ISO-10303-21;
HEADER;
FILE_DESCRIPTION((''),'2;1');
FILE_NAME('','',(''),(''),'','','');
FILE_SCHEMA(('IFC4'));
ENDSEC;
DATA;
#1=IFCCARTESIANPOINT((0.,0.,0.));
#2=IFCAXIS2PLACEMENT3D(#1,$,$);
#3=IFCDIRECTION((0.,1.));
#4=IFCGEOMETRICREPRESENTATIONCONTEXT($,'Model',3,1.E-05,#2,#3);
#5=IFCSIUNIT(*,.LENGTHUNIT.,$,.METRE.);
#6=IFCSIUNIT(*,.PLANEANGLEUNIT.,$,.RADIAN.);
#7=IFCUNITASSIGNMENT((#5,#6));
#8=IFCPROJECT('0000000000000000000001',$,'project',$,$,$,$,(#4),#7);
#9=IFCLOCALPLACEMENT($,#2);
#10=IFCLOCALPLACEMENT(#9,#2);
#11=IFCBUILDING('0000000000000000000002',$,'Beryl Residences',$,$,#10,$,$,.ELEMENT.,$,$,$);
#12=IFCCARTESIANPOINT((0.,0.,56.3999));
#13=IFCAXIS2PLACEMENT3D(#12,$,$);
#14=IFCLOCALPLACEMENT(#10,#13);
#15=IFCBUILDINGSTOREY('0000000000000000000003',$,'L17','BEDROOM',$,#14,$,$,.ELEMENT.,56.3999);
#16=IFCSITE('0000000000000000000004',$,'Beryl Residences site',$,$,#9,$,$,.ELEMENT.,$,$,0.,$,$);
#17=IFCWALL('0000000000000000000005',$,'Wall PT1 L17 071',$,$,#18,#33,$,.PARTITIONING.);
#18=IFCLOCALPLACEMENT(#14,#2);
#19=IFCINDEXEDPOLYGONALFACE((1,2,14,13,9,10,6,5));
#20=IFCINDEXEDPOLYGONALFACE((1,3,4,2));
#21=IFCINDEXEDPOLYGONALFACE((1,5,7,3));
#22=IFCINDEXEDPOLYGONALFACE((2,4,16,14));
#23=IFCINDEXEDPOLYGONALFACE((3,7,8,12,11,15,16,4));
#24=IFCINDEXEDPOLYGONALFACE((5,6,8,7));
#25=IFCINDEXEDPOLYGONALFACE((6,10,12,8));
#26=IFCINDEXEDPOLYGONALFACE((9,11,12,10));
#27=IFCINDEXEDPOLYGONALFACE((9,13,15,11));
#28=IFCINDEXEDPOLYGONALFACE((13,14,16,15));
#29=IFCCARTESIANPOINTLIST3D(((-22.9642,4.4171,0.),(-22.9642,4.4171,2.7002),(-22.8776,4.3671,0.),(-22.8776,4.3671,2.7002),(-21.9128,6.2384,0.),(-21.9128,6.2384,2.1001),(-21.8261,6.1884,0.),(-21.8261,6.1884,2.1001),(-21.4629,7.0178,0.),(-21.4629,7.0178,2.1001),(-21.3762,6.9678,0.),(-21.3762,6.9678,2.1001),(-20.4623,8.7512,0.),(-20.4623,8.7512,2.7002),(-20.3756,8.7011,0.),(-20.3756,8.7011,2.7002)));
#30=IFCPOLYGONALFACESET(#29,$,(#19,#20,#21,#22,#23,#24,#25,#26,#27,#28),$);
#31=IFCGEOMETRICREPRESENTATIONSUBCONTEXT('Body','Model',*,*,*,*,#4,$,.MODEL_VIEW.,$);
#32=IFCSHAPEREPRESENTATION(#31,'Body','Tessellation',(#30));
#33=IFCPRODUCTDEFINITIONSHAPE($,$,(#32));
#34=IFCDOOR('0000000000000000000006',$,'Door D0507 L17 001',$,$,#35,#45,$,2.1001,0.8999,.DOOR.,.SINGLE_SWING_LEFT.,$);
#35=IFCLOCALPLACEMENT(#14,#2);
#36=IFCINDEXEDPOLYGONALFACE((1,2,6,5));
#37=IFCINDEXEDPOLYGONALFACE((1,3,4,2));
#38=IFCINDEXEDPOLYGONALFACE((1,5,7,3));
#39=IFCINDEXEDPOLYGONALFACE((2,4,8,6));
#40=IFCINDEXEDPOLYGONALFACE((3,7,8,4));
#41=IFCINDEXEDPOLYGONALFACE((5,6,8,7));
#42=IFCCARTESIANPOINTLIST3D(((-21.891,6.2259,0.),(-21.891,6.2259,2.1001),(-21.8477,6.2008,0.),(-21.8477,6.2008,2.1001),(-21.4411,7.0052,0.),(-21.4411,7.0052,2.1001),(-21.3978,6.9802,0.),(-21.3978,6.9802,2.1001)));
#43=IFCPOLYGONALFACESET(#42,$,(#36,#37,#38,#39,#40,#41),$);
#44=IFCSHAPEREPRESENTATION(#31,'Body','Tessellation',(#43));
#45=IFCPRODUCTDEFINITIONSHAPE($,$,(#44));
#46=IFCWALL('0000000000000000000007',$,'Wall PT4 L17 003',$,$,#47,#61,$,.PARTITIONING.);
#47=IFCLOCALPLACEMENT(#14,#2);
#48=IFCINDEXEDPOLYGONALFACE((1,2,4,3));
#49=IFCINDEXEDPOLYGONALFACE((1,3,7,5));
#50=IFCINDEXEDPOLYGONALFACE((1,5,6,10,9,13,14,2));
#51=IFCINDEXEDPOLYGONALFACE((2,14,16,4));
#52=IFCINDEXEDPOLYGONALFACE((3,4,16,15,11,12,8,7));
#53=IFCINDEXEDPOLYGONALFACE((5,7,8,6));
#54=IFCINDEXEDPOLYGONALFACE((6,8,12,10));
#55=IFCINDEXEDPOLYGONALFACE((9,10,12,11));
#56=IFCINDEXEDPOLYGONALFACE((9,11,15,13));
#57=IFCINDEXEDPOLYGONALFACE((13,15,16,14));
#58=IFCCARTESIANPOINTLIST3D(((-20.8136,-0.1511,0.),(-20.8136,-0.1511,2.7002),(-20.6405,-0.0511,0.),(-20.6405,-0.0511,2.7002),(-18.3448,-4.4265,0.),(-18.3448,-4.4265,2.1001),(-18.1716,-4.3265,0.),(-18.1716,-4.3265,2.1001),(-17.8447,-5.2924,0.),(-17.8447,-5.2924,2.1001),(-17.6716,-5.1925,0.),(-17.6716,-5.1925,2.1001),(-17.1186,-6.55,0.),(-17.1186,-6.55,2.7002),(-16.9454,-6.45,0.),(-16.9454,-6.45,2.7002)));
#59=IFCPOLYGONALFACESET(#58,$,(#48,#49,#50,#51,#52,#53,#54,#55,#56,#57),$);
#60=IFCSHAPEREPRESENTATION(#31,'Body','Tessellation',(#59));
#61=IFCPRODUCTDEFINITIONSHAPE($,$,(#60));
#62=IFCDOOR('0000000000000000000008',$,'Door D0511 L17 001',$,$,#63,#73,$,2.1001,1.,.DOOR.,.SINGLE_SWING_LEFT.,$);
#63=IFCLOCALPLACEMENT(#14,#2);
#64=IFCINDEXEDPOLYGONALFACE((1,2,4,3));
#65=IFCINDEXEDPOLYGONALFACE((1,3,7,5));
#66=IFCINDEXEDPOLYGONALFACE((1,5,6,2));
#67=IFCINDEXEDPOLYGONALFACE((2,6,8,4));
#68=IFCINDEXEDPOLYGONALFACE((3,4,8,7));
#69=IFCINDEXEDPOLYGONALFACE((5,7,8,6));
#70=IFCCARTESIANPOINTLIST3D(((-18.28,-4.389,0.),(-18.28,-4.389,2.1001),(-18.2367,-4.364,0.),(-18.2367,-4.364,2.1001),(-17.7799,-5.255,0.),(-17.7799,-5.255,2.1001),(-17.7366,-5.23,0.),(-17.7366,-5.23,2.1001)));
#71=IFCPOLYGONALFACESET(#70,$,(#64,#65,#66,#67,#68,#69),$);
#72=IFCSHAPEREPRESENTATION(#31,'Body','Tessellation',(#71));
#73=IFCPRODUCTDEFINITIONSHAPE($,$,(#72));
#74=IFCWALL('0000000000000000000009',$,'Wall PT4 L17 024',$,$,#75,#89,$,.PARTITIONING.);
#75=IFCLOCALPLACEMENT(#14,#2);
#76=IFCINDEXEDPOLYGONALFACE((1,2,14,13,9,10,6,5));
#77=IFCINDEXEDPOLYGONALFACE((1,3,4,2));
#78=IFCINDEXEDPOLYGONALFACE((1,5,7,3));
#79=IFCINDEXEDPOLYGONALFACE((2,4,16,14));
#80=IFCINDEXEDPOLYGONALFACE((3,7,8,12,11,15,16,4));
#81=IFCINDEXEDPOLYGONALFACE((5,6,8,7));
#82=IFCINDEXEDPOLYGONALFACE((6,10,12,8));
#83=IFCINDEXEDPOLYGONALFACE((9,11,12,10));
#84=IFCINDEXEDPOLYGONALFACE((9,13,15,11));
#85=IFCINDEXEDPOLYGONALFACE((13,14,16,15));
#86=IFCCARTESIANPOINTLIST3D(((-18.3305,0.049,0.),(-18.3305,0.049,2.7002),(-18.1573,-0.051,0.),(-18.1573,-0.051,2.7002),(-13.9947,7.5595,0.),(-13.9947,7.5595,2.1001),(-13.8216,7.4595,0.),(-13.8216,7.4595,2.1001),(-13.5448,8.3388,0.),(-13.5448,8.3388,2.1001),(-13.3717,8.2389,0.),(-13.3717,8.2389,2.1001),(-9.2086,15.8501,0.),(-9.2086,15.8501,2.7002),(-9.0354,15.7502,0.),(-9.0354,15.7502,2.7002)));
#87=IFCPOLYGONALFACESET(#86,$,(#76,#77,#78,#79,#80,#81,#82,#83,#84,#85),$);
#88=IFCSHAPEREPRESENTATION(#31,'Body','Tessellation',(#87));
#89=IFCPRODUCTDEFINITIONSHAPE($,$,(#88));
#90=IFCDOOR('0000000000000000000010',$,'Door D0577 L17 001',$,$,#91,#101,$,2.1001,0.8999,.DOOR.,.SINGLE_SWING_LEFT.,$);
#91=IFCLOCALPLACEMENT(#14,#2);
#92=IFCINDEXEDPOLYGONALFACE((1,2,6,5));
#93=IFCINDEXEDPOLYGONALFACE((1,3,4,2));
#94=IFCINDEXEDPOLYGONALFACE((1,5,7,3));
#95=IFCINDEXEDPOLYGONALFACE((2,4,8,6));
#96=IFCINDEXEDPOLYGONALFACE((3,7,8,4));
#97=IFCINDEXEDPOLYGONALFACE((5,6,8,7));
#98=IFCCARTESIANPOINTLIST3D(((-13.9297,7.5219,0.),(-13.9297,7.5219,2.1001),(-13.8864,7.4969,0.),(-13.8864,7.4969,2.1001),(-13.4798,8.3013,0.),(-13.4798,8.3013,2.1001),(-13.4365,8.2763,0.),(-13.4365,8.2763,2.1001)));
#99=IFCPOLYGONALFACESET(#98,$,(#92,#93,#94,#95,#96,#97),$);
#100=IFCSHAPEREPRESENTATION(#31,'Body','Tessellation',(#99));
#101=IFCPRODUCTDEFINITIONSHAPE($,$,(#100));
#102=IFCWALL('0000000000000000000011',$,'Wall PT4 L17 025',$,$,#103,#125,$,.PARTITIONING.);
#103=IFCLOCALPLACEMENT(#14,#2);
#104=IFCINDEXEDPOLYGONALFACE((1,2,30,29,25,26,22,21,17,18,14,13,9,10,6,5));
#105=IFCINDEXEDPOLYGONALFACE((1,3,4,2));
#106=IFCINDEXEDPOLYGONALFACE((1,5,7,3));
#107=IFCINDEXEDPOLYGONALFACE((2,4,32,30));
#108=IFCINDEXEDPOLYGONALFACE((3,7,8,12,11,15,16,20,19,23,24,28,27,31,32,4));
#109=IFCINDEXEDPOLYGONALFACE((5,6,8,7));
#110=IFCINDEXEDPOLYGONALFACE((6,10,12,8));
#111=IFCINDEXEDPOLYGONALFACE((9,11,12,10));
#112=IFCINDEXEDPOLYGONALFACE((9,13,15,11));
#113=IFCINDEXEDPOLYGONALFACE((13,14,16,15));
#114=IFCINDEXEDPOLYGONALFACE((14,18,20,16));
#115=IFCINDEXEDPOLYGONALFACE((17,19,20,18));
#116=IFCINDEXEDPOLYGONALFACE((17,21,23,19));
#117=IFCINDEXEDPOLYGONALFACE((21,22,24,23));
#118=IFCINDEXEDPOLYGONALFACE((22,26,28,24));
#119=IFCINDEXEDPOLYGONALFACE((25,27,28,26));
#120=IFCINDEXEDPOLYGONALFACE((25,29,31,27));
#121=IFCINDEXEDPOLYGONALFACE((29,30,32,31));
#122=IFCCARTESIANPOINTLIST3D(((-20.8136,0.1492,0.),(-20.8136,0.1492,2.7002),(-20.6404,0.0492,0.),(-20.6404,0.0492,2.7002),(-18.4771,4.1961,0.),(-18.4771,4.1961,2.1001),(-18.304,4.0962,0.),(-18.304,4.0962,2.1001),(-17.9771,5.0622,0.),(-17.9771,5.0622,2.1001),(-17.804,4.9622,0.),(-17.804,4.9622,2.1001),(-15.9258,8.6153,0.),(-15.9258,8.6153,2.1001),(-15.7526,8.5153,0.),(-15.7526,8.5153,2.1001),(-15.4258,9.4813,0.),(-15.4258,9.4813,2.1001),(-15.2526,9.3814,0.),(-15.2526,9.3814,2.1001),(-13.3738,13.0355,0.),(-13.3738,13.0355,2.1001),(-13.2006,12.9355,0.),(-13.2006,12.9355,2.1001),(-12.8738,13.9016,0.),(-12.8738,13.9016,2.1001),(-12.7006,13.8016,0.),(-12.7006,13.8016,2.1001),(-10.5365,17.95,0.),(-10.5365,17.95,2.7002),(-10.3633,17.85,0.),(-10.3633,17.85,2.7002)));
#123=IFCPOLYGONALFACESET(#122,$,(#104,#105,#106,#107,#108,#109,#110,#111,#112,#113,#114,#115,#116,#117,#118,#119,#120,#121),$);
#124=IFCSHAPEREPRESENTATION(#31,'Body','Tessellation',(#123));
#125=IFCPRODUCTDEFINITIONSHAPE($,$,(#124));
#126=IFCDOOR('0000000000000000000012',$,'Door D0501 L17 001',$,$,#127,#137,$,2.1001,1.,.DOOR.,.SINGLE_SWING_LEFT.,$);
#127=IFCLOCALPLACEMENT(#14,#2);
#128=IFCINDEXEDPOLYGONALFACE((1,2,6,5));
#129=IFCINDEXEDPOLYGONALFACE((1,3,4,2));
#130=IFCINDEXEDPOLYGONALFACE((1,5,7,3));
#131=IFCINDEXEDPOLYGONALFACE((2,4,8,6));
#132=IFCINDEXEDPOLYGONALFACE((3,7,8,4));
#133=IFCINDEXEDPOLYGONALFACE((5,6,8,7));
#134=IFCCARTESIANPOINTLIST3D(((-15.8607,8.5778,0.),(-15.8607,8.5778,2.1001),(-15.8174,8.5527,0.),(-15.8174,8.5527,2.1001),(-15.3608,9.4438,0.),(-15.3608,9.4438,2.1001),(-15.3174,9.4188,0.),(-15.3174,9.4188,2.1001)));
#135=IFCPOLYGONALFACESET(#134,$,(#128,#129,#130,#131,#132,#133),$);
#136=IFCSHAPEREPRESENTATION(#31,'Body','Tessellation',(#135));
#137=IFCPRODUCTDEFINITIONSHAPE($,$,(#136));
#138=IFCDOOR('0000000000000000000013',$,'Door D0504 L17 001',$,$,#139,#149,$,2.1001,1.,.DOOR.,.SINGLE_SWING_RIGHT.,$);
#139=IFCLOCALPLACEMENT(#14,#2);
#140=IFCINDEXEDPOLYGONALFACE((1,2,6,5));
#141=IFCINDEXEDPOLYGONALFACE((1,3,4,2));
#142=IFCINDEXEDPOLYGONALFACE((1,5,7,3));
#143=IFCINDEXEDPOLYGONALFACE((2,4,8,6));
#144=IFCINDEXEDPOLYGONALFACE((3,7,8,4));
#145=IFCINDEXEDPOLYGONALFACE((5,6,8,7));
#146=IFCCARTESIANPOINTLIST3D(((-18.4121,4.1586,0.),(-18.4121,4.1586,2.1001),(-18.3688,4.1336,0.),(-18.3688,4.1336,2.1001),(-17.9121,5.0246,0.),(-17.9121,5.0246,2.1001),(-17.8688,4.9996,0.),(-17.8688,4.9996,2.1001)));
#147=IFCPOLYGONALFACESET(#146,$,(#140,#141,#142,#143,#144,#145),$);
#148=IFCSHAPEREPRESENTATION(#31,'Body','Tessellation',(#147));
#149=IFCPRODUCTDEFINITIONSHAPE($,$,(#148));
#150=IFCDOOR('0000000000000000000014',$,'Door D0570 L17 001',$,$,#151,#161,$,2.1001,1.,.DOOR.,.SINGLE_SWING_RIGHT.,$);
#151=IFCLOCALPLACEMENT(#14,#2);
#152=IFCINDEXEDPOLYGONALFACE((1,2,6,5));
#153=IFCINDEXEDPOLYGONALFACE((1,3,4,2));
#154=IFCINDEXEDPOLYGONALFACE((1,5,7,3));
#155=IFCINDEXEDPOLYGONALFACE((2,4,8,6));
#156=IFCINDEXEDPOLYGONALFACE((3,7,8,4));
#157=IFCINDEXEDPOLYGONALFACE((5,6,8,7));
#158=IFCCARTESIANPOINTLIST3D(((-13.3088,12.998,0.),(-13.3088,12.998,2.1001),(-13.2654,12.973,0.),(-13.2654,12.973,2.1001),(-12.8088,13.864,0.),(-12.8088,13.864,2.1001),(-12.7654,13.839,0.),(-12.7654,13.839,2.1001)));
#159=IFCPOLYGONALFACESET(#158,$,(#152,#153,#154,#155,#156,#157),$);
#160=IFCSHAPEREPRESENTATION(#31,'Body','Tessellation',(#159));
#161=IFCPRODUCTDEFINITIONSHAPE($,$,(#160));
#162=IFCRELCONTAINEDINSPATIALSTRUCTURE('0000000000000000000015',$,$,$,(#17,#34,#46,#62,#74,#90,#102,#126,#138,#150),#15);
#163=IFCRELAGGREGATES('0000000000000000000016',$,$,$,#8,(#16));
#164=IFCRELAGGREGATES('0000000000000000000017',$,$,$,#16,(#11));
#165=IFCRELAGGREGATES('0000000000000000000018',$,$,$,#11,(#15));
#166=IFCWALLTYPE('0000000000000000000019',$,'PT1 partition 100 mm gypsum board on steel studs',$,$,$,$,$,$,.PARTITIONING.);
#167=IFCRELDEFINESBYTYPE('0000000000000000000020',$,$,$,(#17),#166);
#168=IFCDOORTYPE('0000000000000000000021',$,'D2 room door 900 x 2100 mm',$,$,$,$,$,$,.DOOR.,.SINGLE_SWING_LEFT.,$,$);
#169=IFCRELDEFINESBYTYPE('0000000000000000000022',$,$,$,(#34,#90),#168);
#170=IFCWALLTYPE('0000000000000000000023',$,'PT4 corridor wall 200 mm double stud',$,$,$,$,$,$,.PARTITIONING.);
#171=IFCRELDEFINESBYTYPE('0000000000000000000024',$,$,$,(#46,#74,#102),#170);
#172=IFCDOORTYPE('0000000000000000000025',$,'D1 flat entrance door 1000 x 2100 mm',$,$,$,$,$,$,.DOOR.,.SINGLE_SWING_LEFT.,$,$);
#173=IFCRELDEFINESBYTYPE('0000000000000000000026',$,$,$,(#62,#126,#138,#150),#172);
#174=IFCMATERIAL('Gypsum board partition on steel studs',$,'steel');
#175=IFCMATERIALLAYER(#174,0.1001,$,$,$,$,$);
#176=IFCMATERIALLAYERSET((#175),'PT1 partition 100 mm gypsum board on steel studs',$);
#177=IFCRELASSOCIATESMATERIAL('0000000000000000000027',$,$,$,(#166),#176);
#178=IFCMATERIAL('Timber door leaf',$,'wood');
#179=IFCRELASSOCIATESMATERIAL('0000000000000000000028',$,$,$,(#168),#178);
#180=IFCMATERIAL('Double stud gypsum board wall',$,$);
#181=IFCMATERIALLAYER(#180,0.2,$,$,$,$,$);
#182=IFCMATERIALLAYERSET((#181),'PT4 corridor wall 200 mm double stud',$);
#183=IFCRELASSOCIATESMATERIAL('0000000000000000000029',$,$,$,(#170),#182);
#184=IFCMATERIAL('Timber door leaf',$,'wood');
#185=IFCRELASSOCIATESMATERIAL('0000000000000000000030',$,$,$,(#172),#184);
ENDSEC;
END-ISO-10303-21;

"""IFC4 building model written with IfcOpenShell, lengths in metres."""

from ifc_helpers import new_model, si_unit, direction, frame, frame_2d, origin, place, context, subcontext, project, spatial, rectangle, extrude, material, layer, layer_set, type_object, element, fill, save


model = new_model("IFC4")

# Units and contexts
model_context = context("Model", 3, precision=1e-05, world=origin(), true_north=direction((0.0, 1.0)))
body_context = subcontext(model_context, "Body", "Model", "MODEL_VIEW")
ifc_project = project(units=[si_unit("LENGTHUNIT", "METRE"), si_unit("PLANEANGLEUNIT", "RADIAN")], contexts=[model_context])

# Site, building, storey
site_placement = place(None, origin())
site = spatial("IfcSite", under=ifc_project, at=site_placement, Name="Beryl Residences site", CompositionType="ELEMENT", RefElevation=0.0)
building_placement = place(site_placement, origin())
building = spatial("IfcBuilding", under=site, at=building_placement, Name="Beryl Residences", CompositionType="ELEMENT")
storey_placement = place(building_placement, frame((0.0, 0.0, 56.3999)))
storey = spatial("IfcBuildingStorey", under=building, at=storey_placement, Name="L17", Description="BEDROOM", CompositionType="ELEMENT", Elevation=56.3999)

# Shared definitions
ifc_material_1 = material(Name="Gypsum board partition on steel studs", Category="steel")
ifc_layer_1 = layer(ifc_material_1, 0.1001)
ifc_layer_set_1 = layer_set([ifc_layer_1], Name="PT1 partition 100 mm gypsum board on steel studs")
wall_type_1 = type_object("IfcWallType", Name="PT1 partition 100 mm gypsum board on steel studs", PredefinedType="PARTITIONING", material=ifc_layer_set_1)
ifc_material_2 = material(Name="Timber door leaf", Category="wood")
door_type_1 = type_object("IfcDoorType", Name="D2 room door 900 x 2100 mm", OperationType="SINGLE_SWING_LEFT", PredefinedType="DOOR", material=ifc_material_2)

# Walls, openings, doors
wall_1_placement = place(storey_placement, frame((-22.9209, 4.3921, 0.0), z_axis=(0.0, 0.0, 1.0), x_axis=(0.499959, 0.866049, 0.0)))
wall_1 = element("IfcWall", 1, at=wall_1_placement, inside=storey, type_object=wall_type_1, Name="Wall PT1 L17 071", PredefinedType="PARTITIONING", context=body_context, shape_type="SweptSolid", body=[
    extrude(rectangle(XDim=5.0044, YDim=0.1001, at=frame_2d((2.5022, 0.0))), origin(), (0.0, 0.0, 1.0), 2.7002),
])
opening_1_placement = place(wall_1_placement, frame((2.103, 0.0, 0.0)))
opening_1 = element("IfcOpeningElement", 2, at=opening_1_placement, cuts=wall_1, PredefinedType="OPENING", context=body_context, shape_type="SweptSolid", body=[
    extrude(rectangle(XDim=0.8999, YDim=2.1001, at=frame_2d((0.45, 1.05))), frame((0.0, 0.0601, 0.0), z_axis=(0.0, -1.0, 0.0), x_axis=(1.0, 0.0, 0.0)), (0.0, 0.0, 1.0), 0.1201),
])
door_1_placement = place(opening_1_placement, origin())
door_1 = element("IfcDoor", 3, at=door_1_placement, inside=storey, type_object=door_type_1, Name="Door D0507 L17 001", OperationType="SINGLE_SWING_LEFT", OverallHeight=2.1001, OverallWidth=0.8999, PredefinedType="DOOR", context=body_context, shape_type="SweptSolid", body=[
    extrude(rectangle(XDim=0.8999, YDim=2.1001, at=frame_2d((0.45, 1.05))), frame((0.0, 0.0249, 0.0), z_axis=(0.0, -1.0, 0.0), x_axis=(1.0, 0.0, 0.0)), (0.0, 0.0, 1.0), 0.05),
])
fill(opening_1, door_1)
ifc_material_3 = material(Name="Double stud gypsum board wall")
ifc_layer_2 = layer(ifc_material_3, 0.2)
ifc_layer_set_2 = layer_set([ifc_layer_2], Name="PT4 corridor wall 200 mm double stud")
wall_type_2 = type_object("IfcWallType", Name="PT4 corridor wall 200 mm double stud", PredefinedType="PARTITIONING", material=ifc_layer_set_2)
wall_2_placement = place(storey_placement, frame((-20.7271, -0.1011, 0.0), z_axis=(0.0, 0.0, 1.0), x_axis=(0.500066, -0.865987, 0.0)))
wall_2 = element("IfcWall", 4, at=wall_2_placement, inside=storey, type_object=wall_type_2, Name="Wall PT4 L17 003", PredefinedType="PARTITIONING", context=body_context, shape_type="SweptSolid", body=[
    extrude(rectangle(XDim=7.3892, YDim=0.2, at=frame_2d((3.6946, 0.0))), origin(), (0.0, 0.0, 1.0), 2.7002),
])
opening_2_placement = place(wall_2_placement, frame((4.937, 0.0, 0.0)))
opening_2 = element("IfcOpeningElement", 5, at=opening_2_placement, cuts=wall_2, PredefinedType="OPENING", context=body_context, shape_type="SweptSolid", body=[
    extrude(rectangle(XDim=1.0, YDim=2.1001, at=frame_2d((0.5, 1.05))), frame((0.0, 0.1099, 0.0), z_axis=(0.0, -1.0, 0.0), x_axis=(1.0, 0.0, 0.0)), (0.0, 0.0, 1.0), 0.22),
])
ifc_material_4 = material(Name="Timber door leaf", Category="wood")
door_type_2 = type_object("IfcDoorType", Name="D1 flat entrance door 1000 x 2100 mm", OperationType="SINGLE_SWING_LEFT", PredefinedType="DOOR", material=ifc_material_4)
door_2_placement = place(opening_2_placement, origin())
door_2 = element("IfcDoor", 6, at=door_2_placement, inside=storey, type_object=door_type_2, Name="Door D0511 L17 001", OperationType="SINGLE_SWING_LEFT", OverallHeight=2.1001, OverallWidth=1.0, PredefinedType="DOOR", context=body_context, shape_type="SweptSolid", body=[
    extrude(rectangle(XDim=1.0, YDim=2.1001, at=frame_2d((0.5, 1.05))), frame((0.0, 0.0249, 0.0), z_axis=(0.0, -1.0, 0.0), x_axis=(1.0, 0.0, 0.0)), (0.0, 0.0, 1.0), 0.05),
])
fill(opening_2, door_2)
wall_3_placement = place(storey_placement, frame((-18.2439, -0.001, 0.0), z_axis=(0.0, 0.0, 1.0), x_axis=(0.499963, 0.866047, 0.0)))
wall_3 = element("IfcWall", 7, at=wall_3_placement, inside=storey, type_object=wall_type_2, Name="Wall PT4 L17 024", PredefinedType="PARTITIONING", context=body_context, shape_type="SweptSolid", body=[
    extrude(rectangle(XDim=18.2451, YDim=0.2, at=frame_2d((9.1226, 0.0))), origin(), (0.0, 0.0, 1.0), 2.7002),
])
opening_3_placement = place(wall_3_placement, frame((8.6721, 0.0, 0.0)))
opening_3 = element("IfcOpeningElement", 8, at=opening_3_placement, cuts=wall_3, PredefinedType="OPENING", context=body_context, shape_type="SweptSolid", body=[
    extrude(rectangle(XDim=0.8999, YDim=2.1001, at=frame_2d((0.45, 1.05))), frame((0.0, 0.1099, 0.0), z_axis=(0.0, -1.0, 0.0), x_axis=(1.0, 0.0, 0.0)), (0.0, 0.0, 1.0), 0.22),
])
door_3_placement = place(opening_3_placement, origin())
door_3 = element("IfcDoor", 9, at=door_3_placement, inside=storey, type_object=door_type_1, Name="Door D0577 L17 001", OperationType="SINGLE_SWING_LEFT", OverallHeight=2.1001, OverallWidth=0.8999, PredefinedType="DOOR", context=body_context, shape_type="SweptSolid", body=[
    extrude(rectangle(XDim=0.8999, YDim=2.1001, at=frame_2d((0.45, 1.05))), frame((0.0, 0.0249, 0.0), z_axis=(0.0, -1.0, 0.0), x_axis=(1.0, 0.0, 0.0)), (0.0, 0.0, 1.0), 0.05),
])
fill(opening_3, door_3)

# Wall, openings, doors
wall_4_placement = place(storey_placement, frame((-20.7271, 0.0991, 0.0), z_axis=(0.0, 0.0, 1.0), x_axis=(0.499993, 0.866029, 0.0)))
wall_4 = element("IfcWall", 10, at=wall_4_placement, inside=storey, type_object=wall_type_2, Name="Wall PT4 L17 025", PredefinedType="PARTITIONING", context=body_context, shape_type="SweptSolid", body=[
    extrude(rectangle(XDim=20.5544, YDim=0.2, at=frame_2d((10.2773, 0.0))), origin(), (0.0, 0.0, 1.0), 2.7002),
])
opening_4_placement = place(wall_4_placement, frame((9.7759, 0.0, 0.0)))
opening_4 = element("IfcOpeningElement", 11, at=opening_4_placement, cuts=wall_4, PredefinedType="OPENING", context=body_context, shape_type="SweptSolid", body=[
    extrude(rectangle(XDim=1.0, YDim=2.1001, at=frame_2d((0.5, 1.05))), frame((0.0, 0.1099, 0.0), z_axis=(0.0, -1.0, 0.0), x_axis=(1.0, 0.0, 0.0)), (0.0, 0.0, 1.0), 0.22),
])
opening_5_placement = place(wall_4_placement, frame((4.6731, 0.0, 0.0)))
opening_5 = element("IfcOpeningElement", 12, at=opening_5_placement, cuts=wall_4, PredefinedType="OPENING", context=body_context, shape_type="SweptSolid", body=[
    extrude(rectangle(XDim=1.0, YDim=2.1001, at=frame_2d((0.5, 1.05))), frame((0.0, 0.1099, 0.0), z_axis=(0.0, -1.0, 0.0), x_axis=(1.0, 0.0, 0.0)), (0.0, 0.0, 1.0), 0.22),
])
opening_6_placement = place(wall_4_placement, frame((14.8799, 0.0, 0.0)))
opening_6 = element("IfcOpeningElement", 13, at=opening_6_placement, cuts=wall_4, PredefinedType="OPENING", context=body_context, shape_type="SweptSolid", body=[
    extrude(rectangle(XDim=1.0, YDim=2.1001, at=frame_2d((0.5, 1.05))), frame((0.0, 0.1099, 0.0), z_axis=(0.0, -1.0, 0.0), x_axis=(1.0, 0.0, 0.0)), (0.0, 0.0, 1.0), 0.22),
])
door_4_placement = place(opening_4_placement, origin())
door_4 = element("IfcDoor", 14, at=door_4_placement, inside=storey, type_object=door_type_2, Name="Door D0501 L17 001", OperationType="SINGLE_SWING_LEFT", OverallHeight=2.1001, OverallWidth=1.0, PredefinedType="DOOR", context=body_context, shape_type="SweptSolid", body=[
    extrude(rectangle(XDim=1.0, YDim=2.1001, at=frame_2d((0.5, 1.05))), frame((0.0, 0.0249, 0.0), z_axis=(0.0, -1.0, 0.0), x_axis=(1.0, 0.0, 0.0)), (0.0, 0.0, 1.0), 0.05),
])
fill(opening_4, door_4)
door_5_placement = place(opening_5_placement, origin())
door_5 = element("IfcDoor", 15, at=door_5_placement, inside=storey, type_object=door_type_2, Name="Door D0504 L17 001", OperationType="SINGLE_SWING_RIGHT", OverallHeight=2.1001, OverallWidth=1.0, PredefinedType="DOOR", context=body_context, shape_type="SweptSolid", body=[
    extrude(rectangle(XDim=1.0, YDim=2.1001, at=frame_2d((0.5, 1.05))), frame((0.0, 0.0249, 0.0), z_axis=(0.0, -1.0, 0.0), x_axis=(1.0, 0.0, 0.0)), (0.0, 0.0, 1.0), 0.05),
])
fill(opening_5, door_5)
door_6_placement = place(opening_6_placement, origin())
door_6 = element("IfcDoor", 16, at=door_6_placement, inside=storey, type_object=door_type_2, Name="Door D0570 L17 001", OperationType="SINGLE_SWING_RIGHT", OverallHeight=2.1001, OverallWidth=1.0, PredefinedType="DOOR", context=body_context, shape_type="SweptSolid", body=[
    extrude(rectangle(XDim=1.0, YDim=2.1001, at=frame_2d((0.5, 1.05))), frame((0.0, 0.0249, 0.0), z_axis=(0.0, -1.0, 0.0), x_axis=(1.0, 0.0, 0.0)), (0.0, 0.0, 1.0), 0.05),
])
fill(opening_6, door_6)

save(model, "model.ifc")
